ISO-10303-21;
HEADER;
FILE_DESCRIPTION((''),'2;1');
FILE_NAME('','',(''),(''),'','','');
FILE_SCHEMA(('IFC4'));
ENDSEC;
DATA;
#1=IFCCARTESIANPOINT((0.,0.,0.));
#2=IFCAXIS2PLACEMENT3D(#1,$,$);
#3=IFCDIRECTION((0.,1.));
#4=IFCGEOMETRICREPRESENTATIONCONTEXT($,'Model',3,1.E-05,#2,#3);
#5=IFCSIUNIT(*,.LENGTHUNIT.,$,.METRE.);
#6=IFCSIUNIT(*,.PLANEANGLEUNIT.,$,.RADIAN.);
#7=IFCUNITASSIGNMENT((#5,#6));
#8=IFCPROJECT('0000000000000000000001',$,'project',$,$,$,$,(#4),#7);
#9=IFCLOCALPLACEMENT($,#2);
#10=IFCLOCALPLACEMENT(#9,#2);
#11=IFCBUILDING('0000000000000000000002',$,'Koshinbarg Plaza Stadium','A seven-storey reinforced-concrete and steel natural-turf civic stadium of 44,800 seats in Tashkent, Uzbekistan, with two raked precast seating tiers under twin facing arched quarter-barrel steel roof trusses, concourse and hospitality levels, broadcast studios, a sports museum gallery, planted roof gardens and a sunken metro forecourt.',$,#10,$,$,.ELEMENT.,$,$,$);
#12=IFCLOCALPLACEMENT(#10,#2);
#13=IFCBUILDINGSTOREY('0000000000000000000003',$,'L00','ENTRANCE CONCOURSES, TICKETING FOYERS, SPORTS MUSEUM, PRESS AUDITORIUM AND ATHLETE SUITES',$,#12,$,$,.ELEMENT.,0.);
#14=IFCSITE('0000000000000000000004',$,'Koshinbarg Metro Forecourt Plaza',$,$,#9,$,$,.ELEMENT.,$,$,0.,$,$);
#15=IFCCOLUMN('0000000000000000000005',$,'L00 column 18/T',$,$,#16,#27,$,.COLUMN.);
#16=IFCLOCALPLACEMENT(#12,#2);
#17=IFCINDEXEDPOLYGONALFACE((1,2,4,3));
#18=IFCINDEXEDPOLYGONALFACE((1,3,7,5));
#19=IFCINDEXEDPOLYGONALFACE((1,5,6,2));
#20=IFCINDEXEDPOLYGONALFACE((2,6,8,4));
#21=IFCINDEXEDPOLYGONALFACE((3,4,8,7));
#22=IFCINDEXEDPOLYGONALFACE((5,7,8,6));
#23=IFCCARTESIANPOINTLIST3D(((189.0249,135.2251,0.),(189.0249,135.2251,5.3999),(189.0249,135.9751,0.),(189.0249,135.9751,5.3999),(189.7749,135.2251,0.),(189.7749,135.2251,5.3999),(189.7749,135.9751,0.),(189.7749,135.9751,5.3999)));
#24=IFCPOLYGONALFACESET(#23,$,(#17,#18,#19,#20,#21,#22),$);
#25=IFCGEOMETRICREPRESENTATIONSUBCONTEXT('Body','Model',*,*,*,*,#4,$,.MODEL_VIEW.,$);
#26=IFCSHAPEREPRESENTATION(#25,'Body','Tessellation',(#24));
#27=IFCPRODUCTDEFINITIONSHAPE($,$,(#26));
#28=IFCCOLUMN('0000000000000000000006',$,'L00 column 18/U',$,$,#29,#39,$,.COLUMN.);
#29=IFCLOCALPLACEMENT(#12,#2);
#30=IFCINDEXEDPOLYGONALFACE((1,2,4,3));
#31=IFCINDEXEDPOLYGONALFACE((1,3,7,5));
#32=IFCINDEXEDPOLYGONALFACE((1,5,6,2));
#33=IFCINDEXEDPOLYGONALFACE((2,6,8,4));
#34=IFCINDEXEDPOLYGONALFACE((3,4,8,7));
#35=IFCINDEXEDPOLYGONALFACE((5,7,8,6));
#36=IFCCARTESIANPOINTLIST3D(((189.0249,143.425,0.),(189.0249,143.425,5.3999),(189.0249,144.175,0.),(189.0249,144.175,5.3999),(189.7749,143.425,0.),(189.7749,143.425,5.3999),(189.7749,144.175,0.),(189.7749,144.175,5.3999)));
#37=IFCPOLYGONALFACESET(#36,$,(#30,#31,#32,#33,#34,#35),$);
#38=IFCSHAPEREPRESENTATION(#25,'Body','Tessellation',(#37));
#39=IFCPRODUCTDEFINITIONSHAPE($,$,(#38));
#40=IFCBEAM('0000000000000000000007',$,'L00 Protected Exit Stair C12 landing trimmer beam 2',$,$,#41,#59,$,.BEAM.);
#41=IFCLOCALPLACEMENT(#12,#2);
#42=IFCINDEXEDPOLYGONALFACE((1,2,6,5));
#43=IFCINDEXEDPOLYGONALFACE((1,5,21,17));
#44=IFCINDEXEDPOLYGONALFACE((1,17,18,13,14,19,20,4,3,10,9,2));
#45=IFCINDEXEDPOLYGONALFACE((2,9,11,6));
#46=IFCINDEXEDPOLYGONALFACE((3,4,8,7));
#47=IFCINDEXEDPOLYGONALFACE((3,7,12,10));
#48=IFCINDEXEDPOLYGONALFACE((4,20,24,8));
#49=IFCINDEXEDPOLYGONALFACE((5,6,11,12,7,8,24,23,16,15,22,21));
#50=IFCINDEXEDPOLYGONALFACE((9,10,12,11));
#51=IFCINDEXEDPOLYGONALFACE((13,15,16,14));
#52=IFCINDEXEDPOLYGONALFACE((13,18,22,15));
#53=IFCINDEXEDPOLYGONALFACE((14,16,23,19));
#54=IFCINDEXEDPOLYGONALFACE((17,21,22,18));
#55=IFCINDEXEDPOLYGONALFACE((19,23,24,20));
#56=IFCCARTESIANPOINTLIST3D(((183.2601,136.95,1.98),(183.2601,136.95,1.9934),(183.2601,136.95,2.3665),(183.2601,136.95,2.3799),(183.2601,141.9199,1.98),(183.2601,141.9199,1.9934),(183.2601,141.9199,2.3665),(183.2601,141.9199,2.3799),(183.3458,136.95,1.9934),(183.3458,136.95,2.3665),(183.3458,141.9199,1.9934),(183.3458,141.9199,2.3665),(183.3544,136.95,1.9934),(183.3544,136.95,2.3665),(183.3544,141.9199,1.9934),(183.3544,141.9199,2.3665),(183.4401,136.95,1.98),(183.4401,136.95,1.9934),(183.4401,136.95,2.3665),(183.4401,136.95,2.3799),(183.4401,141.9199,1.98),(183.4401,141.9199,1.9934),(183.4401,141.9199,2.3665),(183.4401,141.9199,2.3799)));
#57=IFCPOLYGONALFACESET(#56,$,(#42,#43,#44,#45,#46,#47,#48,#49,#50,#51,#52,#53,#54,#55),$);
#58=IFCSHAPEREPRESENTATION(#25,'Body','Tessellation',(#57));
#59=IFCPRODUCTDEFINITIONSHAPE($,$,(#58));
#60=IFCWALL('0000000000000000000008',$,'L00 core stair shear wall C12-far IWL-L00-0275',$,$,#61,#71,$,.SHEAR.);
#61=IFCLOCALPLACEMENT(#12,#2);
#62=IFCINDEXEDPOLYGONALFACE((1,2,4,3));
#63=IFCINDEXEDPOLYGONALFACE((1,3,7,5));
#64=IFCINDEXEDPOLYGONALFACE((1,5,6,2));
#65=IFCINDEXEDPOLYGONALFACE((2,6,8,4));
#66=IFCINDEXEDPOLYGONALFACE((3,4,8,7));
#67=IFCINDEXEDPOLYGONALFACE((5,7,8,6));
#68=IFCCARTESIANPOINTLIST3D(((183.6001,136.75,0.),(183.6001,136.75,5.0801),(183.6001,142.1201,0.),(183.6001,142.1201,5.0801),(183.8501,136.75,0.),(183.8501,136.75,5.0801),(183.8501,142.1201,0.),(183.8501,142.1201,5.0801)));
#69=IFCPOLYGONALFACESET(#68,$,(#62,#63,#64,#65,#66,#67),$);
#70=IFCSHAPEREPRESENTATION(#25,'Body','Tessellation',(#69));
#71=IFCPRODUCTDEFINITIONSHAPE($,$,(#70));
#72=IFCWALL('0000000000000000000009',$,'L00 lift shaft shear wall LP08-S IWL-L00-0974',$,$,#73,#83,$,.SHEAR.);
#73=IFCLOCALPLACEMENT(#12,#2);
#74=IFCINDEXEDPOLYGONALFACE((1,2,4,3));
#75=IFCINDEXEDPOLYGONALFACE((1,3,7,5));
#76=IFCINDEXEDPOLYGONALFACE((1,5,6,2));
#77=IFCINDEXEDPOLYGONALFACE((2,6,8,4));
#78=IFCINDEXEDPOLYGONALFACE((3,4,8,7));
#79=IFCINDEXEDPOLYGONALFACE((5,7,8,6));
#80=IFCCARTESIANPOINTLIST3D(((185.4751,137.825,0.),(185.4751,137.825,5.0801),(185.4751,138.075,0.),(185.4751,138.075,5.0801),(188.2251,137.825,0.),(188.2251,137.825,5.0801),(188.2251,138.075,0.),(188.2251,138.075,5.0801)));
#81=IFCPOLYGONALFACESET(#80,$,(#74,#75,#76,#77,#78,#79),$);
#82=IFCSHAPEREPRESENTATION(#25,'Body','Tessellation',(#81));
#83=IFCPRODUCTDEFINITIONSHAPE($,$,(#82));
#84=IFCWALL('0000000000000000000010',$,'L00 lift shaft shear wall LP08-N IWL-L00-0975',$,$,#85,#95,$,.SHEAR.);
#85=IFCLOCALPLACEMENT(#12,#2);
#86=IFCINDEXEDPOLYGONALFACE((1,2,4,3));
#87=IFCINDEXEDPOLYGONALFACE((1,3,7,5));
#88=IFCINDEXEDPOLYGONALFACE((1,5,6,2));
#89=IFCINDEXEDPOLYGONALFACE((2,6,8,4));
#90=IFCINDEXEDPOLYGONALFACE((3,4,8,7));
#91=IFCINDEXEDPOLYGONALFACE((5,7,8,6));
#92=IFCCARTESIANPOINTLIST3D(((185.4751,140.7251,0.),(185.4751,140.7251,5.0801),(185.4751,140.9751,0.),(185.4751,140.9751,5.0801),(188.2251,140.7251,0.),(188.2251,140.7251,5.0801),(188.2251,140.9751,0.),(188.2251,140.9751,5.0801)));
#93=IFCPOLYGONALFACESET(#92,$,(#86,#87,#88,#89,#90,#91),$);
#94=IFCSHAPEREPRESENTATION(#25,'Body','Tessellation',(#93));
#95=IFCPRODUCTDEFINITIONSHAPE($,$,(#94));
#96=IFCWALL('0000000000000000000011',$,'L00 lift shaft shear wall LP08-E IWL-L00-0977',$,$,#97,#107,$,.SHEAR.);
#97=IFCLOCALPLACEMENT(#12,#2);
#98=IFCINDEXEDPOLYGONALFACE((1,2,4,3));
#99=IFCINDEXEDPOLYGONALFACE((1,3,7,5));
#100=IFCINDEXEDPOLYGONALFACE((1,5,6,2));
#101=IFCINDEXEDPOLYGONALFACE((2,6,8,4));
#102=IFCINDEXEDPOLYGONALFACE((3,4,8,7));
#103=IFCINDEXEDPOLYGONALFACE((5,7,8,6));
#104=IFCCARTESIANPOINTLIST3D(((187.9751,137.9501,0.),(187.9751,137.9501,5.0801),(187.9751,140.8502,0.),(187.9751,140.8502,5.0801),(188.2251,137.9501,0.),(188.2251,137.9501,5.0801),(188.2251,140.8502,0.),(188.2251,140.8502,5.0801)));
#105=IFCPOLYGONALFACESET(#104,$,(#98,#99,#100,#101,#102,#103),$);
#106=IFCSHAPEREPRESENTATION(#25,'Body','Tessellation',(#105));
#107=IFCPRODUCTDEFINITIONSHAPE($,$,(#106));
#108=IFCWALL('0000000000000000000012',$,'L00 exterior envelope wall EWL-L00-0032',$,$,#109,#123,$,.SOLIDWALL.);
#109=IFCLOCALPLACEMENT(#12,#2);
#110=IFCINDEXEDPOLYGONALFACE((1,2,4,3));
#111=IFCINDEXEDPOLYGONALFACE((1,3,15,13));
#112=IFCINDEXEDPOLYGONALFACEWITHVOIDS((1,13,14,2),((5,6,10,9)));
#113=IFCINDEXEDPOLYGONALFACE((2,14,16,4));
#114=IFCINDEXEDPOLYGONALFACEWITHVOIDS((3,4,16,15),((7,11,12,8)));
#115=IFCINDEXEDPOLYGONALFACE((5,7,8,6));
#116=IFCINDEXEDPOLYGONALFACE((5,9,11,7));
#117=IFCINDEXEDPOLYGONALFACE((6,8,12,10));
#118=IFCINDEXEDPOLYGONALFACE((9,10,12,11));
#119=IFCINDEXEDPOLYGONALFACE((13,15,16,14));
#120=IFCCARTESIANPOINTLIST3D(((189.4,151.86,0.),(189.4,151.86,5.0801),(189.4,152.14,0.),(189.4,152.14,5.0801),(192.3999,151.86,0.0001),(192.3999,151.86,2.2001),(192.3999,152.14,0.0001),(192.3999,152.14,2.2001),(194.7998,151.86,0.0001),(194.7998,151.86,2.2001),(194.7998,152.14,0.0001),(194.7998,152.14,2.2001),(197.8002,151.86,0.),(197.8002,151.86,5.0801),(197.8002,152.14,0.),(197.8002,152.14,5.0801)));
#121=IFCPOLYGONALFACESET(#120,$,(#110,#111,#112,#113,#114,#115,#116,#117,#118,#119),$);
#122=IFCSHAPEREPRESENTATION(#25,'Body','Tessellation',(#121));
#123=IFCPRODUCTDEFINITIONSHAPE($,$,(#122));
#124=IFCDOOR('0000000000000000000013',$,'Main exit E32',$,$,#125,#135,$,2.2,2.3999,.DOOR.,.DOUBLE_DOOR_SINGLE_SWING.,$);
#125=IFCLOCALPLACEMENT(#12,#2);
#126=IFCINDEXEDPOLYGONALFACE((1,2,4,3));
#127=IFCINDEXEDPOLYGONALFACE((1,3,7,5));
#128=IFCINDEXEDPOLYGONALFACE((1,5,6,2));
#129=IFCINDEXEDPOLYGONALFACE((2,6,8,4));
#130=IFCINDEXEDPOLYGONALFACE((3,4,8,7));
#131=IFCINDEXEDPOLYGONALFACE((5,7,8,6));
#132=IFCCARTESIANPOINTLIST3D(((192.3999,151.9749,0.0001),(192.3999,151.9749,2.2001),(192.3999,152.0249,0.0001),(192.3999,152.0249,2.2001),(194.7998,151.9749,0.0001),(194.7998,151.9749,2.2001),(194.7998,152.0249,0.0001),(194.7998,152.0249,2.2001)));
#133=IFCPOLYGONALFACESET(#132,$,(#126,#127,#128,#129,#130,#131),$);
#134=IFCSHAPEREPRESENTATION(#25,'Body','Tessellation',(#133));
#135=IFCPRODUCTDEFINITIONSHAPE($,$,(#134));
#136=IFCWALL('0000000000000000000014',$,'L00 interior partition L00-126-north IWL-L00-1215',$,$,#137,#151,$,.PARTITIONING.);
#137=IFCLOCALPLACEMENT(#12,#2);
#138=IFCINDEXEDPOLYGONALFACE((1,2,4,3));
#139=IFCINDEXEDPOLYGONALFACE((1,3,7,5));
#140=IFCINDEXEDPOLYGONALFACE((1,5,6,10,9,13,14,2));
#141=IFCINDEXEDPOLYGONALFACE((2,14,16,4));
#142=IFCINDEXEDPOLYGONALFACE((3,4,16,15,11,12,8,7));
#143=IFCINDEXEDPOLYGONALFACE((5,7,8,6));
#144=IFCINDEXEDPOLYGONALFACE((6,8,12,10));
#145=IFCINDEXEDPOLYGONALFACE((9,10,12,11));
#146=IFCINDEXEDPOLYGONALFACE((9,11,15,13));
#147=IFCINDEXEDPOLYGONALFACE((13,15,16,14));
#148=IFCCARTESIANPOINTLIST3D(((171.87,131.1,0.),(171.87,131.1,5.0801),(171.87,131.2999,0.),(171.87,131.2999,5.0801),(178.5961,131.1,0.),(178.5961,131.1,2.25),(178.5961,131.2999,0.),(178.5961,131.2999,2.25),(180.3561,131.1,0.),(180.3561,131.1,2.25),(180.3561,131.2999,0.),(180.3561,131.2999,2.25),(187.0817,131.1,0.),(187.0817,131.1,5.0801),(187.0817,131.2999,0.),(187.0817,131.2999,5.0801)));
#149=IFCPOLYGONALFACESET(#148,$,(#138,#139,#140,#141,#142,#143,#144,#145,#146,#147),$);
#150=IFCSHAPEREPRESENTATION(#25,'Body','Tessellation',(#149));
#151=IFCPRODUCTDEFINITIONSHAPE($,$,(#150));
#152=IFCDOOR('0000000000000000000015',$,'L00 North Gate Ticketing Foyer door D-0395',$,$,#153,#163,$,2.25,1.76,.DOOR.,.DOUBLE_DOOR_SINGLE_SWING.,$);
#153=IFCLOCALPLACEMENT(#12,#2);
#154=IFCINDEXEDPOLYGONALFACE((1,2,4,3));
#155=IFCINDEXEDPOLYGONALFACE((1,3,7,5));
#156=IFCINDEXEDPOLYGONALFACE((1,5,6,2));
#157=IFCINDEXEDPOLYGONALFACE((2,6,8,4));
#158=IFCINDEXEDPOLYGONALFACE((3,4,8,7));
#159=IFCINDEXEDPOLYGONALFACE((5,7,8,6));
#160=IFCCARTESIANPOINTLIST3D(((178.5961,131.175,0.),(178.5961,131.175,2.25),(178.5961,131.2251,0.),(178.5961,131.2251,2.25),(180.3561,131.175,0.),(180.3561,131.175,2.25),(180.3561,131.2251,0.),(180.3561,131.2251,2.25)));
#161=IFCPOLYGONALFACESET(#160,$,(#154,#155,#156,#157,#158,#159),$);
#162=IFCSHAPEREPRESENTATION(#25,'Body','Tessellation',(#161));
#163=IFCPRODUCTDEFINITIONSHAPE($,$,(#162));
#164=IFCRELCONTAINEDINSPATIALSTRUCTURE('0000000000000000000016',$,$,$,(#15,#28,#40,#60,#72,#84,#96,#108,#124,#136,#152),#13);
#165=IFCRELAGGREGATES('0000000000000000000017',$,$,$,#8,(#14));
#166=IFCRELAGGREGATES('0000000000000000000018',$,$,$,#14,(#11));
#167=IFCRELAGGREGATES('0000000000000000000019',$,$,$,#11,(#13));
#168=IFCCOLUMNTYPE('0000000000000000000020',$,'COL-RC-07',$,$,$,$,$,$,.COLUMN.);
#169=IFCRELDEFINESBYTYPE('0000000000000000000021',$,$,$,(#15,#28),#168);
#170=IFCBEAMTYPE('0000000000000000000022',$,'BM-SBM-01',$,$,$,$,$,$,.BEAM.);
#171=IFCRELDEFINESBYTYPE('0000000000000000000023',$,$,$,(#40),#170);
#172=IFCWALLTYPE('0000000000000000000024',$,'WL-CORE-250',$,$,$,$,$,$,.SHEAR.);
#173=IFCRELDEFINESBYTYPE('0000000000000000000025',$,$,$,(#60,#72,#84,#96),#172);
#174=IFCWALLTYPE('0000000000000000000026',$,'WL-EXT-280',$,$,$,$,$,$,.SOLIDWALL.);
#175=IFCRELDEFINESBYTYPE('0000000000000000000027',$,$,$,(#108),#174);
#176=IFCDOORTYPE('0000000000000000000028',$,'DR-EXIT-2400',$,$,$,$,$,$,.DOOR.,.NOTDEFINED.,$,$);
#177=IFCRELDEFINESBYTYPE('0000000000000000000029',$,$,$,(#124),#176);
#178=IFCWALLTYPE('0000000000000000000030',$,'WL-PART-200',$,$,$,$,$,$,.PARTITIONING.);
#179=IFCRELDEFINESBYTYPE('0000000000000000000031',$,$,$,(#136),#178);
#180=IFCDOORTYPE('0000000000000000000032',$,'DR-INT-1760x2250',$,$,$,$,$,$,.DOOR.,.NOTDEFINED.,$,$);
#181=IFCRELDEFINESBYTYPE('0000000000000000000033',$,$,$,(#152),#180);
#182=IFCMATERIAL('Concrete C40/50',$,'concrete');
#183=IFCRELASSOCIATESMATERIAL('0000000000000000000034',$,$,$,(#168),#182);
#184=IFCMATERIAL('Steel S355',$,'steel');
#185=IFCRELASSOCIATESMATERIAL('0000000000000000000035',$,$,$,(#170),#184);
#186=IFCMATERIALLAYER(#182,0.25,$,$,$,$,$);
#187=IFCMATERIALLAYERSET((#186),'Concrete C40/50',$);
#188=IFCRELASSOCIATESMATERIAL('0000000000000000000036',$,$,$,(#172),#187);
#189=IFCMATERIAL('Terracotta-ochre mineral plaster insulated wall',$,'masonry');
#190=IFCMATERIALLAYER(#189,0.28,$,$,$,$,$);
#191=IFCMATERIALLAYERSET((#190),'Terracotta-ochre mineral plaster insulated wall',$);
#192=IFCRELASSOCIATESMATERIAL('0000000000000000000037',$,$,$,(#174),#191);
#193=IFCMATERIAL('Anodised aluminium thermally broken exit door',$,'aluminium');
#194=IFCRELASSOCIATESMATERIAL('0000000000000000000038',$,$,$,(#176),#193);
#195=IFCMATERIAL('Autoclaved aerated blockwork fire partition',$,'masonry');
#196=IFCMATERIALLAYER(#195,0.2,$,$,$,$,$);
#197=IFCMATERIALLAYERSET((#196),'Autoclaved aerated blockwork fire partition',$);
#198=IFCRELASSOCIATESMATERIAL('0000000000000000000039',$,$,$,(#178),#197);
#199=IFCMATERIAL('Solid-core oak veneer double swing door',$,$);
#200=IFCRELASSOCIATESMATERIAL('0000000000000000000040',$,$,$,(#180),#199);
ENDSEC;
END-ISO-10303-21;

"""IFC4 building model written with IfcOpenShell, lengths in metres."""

from ifc_helpers import new_model, si_unit, direction, frame, frame_2d, origin, origin_2d, place, context, subcontext, project, spatial, rectangle, i_section, extrude, material, layer, layer_set, material_profile, profile_set, type_object, element, fill, save


model = new_model("IFC4")

# Units and contexts
model_context = context("Model", 3, precision=1e-05, world=origin(), true_north=direction((0.0, 1.0)))
body_context = subcontext(model_context, "Body", "Model", "MODEL_VIEW")
ifc_project = project(units=[si_unit("LENGTHUNIT", "METRE"), si_unit("PLANEANGLEUNIT", "RADIAN")], contexts=[model_context])

# Site, building, storey
site_placement = place(None, origin())
site = spatial("IfcSite", under=ifc_project, at=site_placement, Name="Koshinbarg Metro Forecourt Plaza", CompositionType="ELEMENT", RefElevation=0.0)
building_placement = place(site_placement, origin())
building = spatial("IfcBuilding", under=site, at=building_placement, Name="Koshinbarg Plaza Stadium", Description="A seven-storey reinforced-concrete and steel natural-turf civic stadium of 44,800 seats in Tashkent, Uzbekistan, with two raked precast seating tiers under twin facing arched quarter-barrel steel roof trusses, concourse and hospitality levels, broadcast studios, a sports museum gallery, planted roof gardens and a sunken metro forecourt.", CompositionType="ELEMENT")
storey_placement = place(building_placement, origin())
storey = spatial("IfcBuildingStorey", under=building, at=storey_placement, Name="L00", Description="ENTRANCE CONCOURSES, TICKETING FOYERS, SPORTS MUSEUM, PRESS AUDITORIUM AND ATHLETE SUITES", CompositionType="ELEMENT", Elevation=0.0)

# Columns
ifc_material_1 = material(Name="Concrete C40/50", Category="concrete")
ifc_material_profile_1 = material_profile(ifc_material_1, rectangle(XDim=0.75, YDim=0.75, at=origin_2d()), Name="RC 750x750")
ifc_profile_set_1 = profile_set([ifc_material_profile_1], Name="Concrete C40/50")
column_type = type_object("IfcColumnType", Name="COL-RC-07", PredefinedType="COLUMN", material=ifc_profile_set_1)
for number, where, z_axis, x_axis, name in (
    (1, (189.3999, 135.6001, 0.0), (0.0, 0.0, 1.0), (1.0, 0.0, 0.0), "L00 column 18/T"),
    (2, (189.3999, 143.8, 0.0), (0.0, 0.0, 1.0), (1.0, 0.0, 0.0), "L00 column 18/U"),
):
    element("IfcColumn", number, at=place(storey_placement, frame(where, z_axis=z_axis, x_axis=x_axis)), inside=storey, type_object=column_type, Name=name, PredefinedType="COLUMN", context=body_context, shape_type="SweptSolid", body=[
        extrude(rectangle(XDim=0.75, YDim=0.75, at=origin_2d()), origin(), (0.0, 0.0, 1.0), 5.3999),
    ])

# Beam
ifc_material_2 = material(Name="Steel S355", Category="steel")
ifc_material_profile_2 = material_profile(ifc_material_2, i_section(OverallWidth=0.1799, OverallDepth=0.3999, WebThickness=0.0085, FlangeThickness=0.0134, at=origin_2d()), Name="IPE 400")
ifc_profile_set_2 = profile_set([ifc_material_profile_2], Name="Steel S355")
beam_type = type_object("IfcBeamType", Name="BM-SBM-01", PredefinedType="BEAM", material=ifc_profile_set_2)
beam_placement = place(storey_placement, frame((183.3501, 136.95, 2.1799), z_axis=(0.0, 1.0, 0.0), x_axis=(-1.0, 0.0, 0.0)))
element("IfcBeam", 3, at=beam_placement, inside=storey, type_object=beam_type, Name="L00 Protected Exit Stair C12 landing trimmer beam 2", PredefinedType="BEAM", context=body_context, shape_type="SweptSolid", body=[
    extrude(i_section(OverallWidth=0.1799, OverallDepth=0.3999, WebThickness=0.0085, FlangeThickness=0.0134, at=origin_2d()), origin(), (0.0, 0.0, 1.0), 4.97),
])

# Walls
ifc_layer_1 = layer(ifc_material_1, 0.25)
ifc_layer_set_1 = layer_set([ifc_layer_1], Name="Concrete C40/50")
wall_type_1 = type_object("IfcWallType", Name="WL-CORE-250", PredefinedType="SHEAR", material=ifc_layer_set_1)
wall_1_placement = place(storey_placement, frame((183.7251, 136.75, 0.0), z_axis=(0.0, 0.0, 1.0), x_axis=(0.0, 1.0, 0.0)))
element("IfcWall", 4, at=wall_1_placement, inside=storey, type_object=wall_type_1, Name="L00 core stair shear wall C12-far IWL-L00-0275", PredefinedType="SHEAR", context=body_context, shape_type="SweptSolid", body=[
    extrude(rectangle(XDim=5.3701, YDim=0.25, at=frame_2d((2.6851, 0.0))), origin(), (0.0, 0.0, 1.0), 5.0801),
])
for number, where, z_axis, x_axis, name in (
    (5, (185.4751, 137.95, 0.0), (0.0, 0.0, 1.0), (1.0, 0.0, 0.0), "L00 lift shaft shear wall LP08-S IWL-L00-0974"),
    (6, (188.2251, 140.8501, 0.0), (0.0, 0.0, 1.0), (-1.0, 0.0, 0.0), "L00 lift shaft shear wall LP08-N IWL-L00-0975"),
):
    element("IfcWall", number, at=place(storey_placement, frame(where, z_axis=z_axis, x_axis=x_axis)), inside=storey, type_object=wall_type_1, Name=name, PredefinedType="SHEAR", context=body_context, shape_type="SweptSolid", body=[
        extrude(rectangle(XDim=2.75, YDim=0.25, at=frame_2d((1.375, 0.0))), origin(), (0.0, 0.0, 1.0), 5.0801),
    ])

# Wall
wall_2_placement = place(storey_placement, frame((188.1001, 137.95, 0.0), z_axis=(0.0, 0.0, 1.0), x_axis=(0.0, 1.0, 0.0)))
element("IfcWall", 7, at=wall_2_placement, inside=storey, type_object=wall_type_1, Name="L00 lift shaft shear wall LP08-E IWL-L00-0977", PredefinedType="SHEAR", context=body_context, shape_type="SweptSolid", body=[
    extrude(rectangle(XDim=2.9001, YDim=0.25, at=frame_2d((1.4502, 0.0))), origin(), (0.0, 0.0, 1.0), 5.0801),
])

# Walls, openings, doors
ifc_material_3 = material(Name="Terracotta-ochre mineral plaster insulated wall", Category="masonry")
ifc_layer_2 = layer(ifc_material_3, 0.28)
ifc_layer_set_2 = layer_set([ifc_layer_2], Name="Terracotta-ochre mineral plaster insulated wall")
wall_type_2 = type_object("IfcWallType", Name="WL-EXT-280", PredefinedType="SOLIDWALL", material=ifc_layer_set_2)
wall_3_placement = place(storey_placement, frame((189.3999, 152.0, 0.0), z_axis=(0.0, 0.0, 1.0), x_axis=(1.0, 0.0, 0.0)))
wall_3 = element("IfcWall", 8, at=wall_3_placement, inside=storey, type_object=wall_type_2, Name="L00 exterior envelope wall EWL-L00-0032", PredefinedType="SOLIDWALL", context=body_context, shape_type="SweptSolid", body=[
    extrude(rectangle(XDim=8.4001, YDim=0.28, at=frame_2d((4.2002, 0.0))), origin(), (0.0, 0.0, 1.0), 5.0801),
])
opening_1_placement = place(wall_3_placement, frame((3.0, 0.0, 0.0)))
opening_1 = element("IfcOpeningElement", 9, at=opening_1_placement, cuts=wall_3, PredefinedType="OPENING", context=body_context, shape_type="SweptSolid", body=[
    extrude(rectangle(XDim=2.3999, YDim=2.2, at=frame_2d((1.2, 1.1001))), frame((0.0, 0.1499, 0.0), z_axis=(0.0, -1.0, 0.0), x_axis=(1.0, 0.0, 0.0)), (0.0, 0.0, 1.0), 0.3),
])
ifc_material_4 = material(Name="Anodised aluminium thermally broken exit door", Category="aluminium")
door_type_1 = type_object("IfcDoorType", Name="DR-EXIT-2400", OperationType="NOTDEFINED", PredefinedType="DOOR", material=ifc_material_4)
door_1_placement = place(opening_1_placement, origin())
door_1 = element("IfcDoor", 10, at=door_1_placement, inside=storey, type_object=door_type_1, Name="Main exit E32", OperationType="DOUBLE_DOOR_SINGLE_SWING", OverallHeight=2.2, OverallWidth=2.3999, PredefinedType="DOOR", context=body_context, shape_type="SweptSolid", body=[
    extrude(rectangle(XDim=2.3999, YDim=2.2, at=frame_2d((1.2, 1.1001))), frame((0.0, 0.0249, 0.0), z_axis=(0.0, -1.0, 0.0), x_axis=(1.0, 0.0, 0.0)), (0.0, 0.0, 1.0), 0.05),
])
fill(opening_1, door_1)
ifc_material_5 = material(Name="Autoclaved aerated blockwork fire partition", Category="masonry")
ifc_layer_3 = layer(ifc_material_5, 0.2)
ifc_layer_set_3 = layer_set([ifc_layer_3], Name="Autoclaved aerated blockwork fire partition")
wall_type_3 = type_object("IfcWallType", Name="WL-PART-200", PredefinedType="PARTITIONING", material=ifc_layer_set_3)
wall_4_placement = place(storey_placement, frame((187.0818, 131.2, 0.0), z_axis=(0.0, 0.0, 1.0), x_axis=(-1.0, 0.0, 0.0)))
wall_4 = element("IfcWall", 11, at=wall_4_placement, inside=storey, type_object=wall_type_3, Name="L00 interior partition L00-126-north IWL-L00-1215", PredefinedType="PARTITIONING", context=body_context, shape_type="SweptSolid", body=[
    extrude(rectangle(XDim=15.2117, YDim=0.2, at=frame_2d((7.606, 0.0))), origin(), (0.0, 0.0, 1.0), 5.0801),
])
opening_2_placement = place(wall_4_placement, frame((6.7258, 0.0, 0.0)))
opening_2 = element("IfcOpeningElement", 12, at=opening_2_placement, cuts=wall_4, PredefinedType="OPENING", context=body_context, shape_type="SweptSolid", body=[
    extrude(rectangle(XDim=1.76, YDim=2.25, at=frame_2d((0.8799, 1.125))), frame((0.0, 0.1099, 0.0), z_axis=(0.0, -1.0, 0.0), x_axis=(1.0, 0.0, 0.0)), (0.0, 0.0, 1.0), 0.22),
])
ifc_material_6 = material(Name="Solid-core oak veneer double swing door")
door_type_2 = type_object("IfcDoorType", Name="DR-INT-1760x2250", OperationType="NOTDEFINED", PredefinedType="DOOR", material=ifc_material_6)
door_2_placement = place(opening_2_placement, origin())
door_2 = element("IfcDoor", 13, at=door_2_placement, inside=storey, type_object=door_type_2, Name="L00 North Gate Ticketing Foyer door D-0395", OperationType="DOUBLE_DOOR_SINGLE_SWING", OverallHeight=2.25, OverallWidth=1.76, PredefinedType="DOOR", context=body_context, shape_type="SweptSolid", body=[
    extrude(rectangle(XDim=1.76, YDim=2.25, at=frame_2d((0.8799, 1.125))), frame((0.0, 0.0249, 0.0), z_axis=(0.0, -1.0, 0.0), x_axis=(1.0, 0.0, 0.0)), (0.0, 0.0, 1.0), 0.05),
])
fill(opening_2, door_2)

save(model, "model.ifc")
